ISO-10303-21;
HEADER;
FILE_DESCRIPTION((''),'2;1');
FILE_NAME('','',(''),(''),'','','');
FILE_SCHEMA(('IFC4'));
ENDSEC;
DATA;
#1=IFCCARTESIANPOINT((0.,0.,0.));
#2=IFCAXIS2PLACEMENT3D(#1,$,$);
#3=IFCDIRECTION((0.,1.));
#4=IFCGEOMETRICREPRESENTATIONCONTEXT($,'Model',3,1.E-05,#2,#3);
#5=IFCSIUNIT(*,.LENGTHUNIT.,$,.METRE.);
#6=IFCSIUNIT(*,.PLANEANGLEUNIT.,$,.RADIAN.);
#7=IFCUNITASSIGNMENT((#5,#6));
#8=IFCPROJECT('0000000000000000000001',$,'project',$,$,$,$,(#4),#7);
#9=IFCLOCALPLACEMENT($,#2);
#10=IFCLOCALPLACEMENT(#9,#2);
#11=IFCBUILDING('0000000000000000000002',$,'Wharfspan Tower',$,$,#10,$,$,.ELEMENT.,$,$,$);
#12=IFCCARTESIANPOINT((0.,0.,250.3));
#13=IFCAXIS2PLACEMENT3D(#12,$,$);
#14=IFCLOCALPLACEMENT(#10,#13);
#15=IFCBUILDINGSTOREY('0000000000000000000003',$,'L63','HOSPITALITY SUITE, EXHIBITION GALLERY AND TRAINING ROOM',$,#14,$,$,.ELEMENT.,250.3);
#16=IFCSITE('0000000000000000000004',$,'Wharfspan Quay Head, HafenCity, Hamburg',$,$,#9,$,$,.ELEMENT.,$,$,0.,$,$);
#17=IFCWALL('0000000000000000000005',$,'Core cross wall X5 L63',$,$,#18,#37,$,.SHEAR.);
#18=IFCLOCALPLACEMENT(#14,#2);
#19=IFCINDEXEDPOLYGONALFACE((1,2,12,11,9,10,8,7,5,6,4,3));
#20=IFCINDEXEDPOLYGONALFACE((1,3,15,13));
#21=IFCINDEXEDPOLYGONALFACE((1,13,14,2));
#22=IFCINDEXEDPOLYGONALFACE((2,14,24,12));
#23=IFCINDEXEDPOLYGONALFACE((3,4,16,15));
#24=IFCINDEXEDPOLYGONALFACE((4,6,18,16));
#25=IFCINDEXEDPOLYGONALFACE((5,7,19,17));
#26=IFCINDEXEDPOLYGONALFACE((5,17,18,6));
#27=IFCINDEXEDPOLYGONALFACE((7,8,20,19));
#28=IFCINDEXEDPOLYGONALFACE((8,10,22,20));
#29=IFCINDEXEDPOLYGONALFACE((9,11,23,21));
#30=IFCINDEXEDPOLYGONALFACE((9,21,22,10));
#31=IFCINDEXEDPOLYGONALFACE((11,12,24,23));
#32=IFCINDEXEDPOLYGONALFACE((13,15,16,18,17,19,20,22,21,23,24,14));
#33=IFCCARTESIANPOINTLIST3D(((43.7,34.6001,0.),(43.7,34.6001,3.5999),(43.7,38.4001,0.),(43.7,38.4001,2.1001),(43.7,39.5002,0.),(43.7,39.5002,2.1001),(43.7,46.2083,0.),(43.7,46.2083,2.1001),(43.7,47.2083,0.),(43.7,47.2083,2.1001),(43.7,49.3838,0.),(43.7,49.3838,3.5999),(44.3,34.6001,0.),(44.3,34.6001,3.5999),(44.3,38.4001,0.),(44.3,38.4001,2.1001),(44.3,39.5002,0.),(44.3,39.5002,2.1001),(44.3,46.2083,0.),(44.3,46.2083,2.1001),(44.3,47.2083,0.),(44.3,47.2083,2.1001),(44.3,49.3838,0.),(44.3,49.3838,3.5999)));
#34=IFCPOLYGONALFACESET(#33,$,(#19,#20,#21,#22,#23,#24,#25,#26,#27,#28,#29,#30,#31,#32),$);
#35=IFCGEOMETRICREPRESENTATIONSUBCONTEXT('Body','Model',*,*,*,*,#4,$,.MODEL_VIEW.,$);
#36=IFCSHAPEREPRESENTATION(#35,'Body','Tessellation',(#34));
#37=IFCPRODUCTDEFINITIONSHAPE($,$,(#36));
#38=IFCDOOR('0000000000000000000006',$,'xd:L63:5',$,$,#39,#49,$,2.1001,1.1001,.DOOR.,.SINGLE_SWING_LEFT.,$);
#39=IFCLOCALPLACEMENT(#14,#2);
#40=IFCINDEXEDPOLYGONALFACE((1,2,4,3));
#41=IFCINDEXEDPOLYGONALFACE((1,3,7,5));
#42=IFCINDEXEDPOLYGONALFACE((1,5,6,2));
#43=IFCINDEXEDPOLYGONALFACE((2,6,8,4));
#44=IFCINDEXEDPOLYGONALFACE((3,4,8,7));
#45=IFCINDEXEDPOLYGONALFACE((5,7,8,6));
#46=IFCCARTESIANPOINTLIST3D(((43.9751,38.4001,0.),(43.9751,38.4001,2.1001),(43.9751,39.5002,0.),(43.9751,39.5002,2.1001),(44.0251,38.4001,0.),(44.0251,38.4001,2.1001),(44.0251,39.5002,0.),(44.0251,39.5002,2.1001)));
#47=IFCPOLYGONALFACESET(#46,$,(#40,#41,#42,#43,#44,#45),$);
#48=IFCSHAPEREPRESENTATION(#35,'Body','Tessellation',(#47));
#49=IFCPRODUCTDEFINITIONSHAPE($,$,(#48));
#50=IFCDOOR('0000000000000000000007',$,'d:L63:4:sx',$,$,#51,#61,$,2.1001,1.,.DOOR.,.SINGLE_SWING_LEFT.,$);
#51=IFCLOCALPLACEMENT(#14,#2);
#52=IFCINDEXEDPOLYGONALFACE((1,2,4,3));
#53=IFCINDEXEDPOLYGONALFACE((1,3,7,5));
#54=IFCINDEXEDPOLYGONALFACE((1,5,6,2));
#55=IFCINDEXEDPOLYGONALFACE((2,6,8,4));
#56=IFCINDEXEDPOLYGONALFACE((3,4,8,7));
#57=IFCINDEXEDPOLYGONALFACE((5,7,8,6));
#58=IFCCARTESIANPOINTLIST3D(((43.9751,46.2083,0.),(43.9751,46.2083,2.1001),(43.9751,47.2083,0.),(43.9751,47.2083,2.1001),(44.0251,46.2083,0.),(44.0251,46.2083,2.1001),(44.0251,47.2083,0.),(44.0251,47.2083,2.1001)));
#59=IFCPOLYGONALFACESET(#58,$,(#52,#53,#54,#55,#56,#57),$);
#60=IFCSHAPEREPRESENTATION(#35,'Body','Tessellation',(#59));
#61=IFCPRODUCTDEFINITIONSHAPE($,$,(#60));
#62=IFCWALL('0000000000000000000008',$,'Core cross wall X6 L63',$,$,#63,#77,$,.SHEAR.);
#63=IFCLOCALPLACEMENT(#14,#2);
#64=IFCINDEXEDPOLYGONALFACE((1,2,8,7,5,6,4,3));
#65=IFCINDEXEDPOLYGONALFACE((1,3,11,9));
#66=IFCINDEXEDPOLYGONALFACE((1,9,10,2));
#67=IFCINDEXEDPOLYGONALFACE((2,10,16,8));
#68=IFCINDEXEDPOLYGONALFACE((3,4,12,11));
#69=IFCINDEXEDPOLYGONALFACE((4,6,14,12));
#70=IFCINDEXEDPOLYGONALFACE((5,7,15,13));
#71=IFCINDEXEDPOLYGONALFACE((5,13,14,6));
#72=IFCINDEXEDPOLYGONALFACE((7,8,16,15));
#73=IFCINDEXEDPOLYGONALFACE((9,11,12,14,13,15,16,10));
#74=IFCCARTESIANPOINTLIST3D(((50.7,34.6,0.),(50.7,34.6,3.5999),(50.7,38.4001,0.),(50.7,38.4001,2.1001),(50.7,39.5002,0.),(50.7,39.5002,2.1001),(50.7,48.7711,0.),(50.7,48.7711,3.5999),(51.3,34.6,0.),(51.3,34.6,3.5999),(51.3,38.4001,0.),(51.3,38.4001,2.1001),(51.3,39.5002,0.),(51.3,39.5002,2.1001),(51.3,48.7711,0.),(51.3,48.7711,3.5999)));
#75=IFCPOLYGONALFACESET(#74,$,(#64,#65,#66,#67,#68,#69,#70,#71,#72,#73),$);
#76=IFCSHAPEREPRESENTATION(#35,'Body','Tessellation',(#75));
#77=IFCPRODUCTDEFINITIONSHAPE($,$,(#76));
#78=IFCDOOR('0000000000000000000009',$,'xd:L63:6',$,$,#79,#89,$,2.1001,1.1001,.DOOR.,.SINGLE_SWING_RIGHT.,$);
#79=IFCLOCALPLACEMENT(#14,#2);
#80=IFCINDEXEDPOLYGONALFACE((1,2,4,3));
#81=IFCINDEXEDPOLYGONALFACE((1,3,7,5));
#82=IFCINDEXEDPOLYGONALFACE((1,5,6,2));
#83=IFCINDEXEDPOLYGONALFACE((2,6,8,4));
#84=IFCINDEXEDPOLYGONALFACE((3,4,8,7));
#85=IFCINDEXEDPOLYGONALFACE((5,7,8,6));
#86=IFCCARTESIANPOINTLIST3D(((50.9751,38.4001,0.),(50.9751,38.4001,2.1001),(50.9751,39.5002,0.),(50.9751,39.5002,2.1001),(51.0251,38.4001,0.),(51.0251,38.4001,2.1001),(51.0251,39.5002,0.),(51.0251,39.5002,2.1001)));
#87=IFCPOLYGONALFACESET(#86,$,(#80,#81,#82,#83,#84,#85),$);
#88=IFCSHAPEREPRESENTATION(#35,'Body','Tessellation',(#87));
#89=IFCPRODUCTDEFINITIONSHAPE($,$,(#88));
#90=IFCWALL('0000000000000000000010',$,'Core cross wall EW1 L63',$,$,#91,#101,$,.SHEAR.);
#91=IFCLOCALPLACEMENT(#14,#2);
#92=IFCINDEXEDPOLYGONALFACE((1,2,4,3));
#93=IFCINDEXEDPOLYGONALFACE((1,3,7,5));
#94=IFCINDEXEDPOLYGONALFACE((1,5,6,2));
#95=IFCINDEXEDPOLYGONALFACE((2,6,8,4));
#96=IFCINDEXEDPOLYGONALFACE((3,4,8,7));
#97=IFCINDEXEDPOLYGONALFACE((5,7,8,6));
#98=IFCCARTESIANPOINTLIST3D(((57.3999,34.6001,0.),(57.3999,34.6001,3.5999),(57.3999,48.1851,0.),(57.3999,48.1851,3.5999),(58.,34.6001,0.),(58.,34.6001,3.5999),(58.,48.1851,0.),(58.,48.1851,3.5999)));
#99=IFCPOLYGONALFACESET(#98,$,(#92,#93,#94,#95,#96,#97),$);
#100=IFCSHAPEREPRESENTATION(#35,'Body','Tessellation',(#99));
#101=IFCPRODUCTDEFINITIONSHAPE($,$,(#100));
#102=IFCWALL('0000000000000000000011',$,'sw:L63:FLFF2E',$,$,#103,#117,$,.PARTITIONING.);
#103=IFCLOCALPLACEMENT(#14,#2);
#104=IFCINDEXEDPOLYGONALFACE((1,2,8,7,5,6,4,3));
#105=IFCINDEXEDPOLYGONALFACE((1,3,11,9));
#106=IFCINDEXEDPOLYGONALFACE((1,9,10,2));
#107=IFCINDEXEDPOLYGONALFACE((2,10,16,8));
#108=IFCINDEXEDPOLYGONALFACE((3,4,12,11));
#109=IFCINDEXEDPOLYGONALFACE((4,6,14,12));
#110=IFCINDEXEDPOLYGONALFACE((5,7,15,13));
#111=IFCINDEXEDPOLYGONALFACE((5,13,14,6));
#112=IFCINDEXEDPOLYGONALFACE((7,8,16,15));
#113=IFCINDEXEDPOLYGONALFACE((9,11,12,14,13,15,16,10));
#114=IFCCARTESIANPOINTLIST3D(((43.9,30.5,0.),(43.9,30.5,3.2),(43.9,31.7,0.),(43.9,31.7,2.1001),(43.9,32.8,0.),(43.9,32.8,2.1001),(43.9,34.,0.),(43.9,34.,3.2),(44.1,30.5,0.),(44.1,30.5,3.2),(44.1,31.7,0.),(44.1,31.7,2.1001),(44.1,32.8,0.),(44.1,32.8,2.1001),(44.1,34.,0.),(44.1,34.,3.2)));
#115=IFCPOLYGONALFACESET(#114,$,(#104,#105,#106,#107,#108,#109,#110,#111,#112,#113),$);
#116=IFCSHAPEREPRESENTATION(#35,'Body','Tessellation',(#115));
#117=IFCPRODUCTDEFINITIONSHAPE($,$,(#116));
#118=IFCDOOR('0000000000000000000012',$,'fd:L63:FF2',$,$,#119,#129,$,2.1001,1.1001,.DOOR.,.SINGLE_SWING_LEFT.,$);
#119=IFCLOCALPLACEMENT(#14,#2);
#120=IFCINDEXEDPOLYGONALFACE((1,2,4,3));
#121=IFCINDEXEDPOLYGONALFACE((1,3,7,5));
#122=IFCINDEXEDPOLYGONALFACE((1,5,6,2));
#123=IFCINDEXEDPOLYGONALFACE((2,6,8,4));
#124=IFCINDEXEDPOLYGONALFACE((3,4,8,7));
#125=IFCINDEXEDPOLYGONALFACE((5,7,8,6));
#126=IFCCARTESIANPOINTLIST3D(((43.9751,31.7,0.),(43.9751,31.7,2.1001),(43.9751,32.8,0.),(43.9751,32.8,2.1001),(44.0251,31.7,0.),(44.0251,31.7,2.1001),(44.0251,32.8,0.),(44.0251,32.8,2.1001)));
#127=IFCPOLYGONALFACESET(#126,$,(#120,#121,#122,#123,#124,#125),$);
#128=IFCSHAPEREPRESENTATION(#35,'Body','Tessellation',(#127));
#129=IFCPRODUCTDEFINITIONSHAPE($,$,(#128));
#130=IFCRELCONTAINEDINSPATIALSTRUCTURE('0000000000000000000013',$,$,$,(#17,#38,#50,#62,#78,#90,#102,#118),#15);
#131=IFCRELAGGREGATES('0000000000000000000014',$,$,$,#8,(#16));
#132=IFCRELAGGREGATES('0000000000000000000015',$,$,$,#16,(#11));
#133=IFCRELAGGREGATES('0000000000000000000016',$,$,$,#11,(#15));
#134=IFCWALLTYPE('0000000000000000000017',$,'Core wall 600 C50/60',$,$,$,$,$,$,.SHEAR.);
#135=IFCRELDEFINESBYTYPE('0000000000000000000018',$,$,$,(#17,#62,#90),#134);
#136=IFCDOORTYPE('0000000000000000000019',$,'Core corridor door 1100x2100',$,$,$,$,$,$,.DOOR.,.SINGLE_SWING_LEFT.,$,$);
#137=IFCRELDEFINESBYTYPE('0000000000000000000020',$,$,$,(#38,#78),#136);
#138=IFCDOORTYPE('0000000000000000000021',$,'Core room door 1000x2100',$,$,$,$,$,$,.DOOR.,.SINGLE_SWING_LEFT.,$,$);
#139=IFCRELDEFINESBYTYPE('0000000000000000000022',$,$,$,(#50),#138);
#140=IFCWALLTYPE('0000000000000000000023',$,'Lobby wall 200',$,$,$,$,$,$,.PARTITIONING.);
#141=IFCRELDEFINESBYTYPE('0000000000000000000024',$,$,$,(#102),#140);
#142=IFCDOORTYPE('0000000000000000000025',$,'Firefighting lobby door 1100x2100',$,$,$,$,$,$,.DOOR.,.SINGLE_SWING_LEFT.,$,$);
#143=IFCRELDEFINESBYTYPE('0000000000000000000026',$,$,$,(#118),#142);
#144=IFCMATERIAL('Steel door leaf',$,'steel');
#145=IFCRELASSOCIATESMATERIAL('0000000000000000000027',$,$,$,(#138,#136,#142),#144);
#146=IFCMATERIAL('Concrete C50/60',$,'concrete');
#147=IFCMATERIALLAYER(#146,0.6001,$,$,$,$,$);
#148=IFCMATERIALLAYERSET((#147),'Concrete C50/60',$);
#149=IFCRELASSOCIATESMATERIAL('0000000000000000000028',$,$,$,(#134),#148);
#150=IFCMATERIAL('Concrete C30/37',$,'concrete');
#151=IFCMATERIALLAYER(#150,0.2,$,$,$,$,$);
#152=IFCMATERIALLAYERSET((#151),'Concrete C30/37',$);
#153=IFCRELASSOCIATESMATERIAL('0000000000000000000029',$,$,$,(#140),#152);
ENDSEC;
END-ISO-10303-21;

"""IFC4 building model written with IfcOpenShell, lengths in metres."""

from ifc_helpers import new_model, si_unit, direction, frame, frame_2d, origin, place, context, subcontext, project, spatial, rectangle, extrude, material, layer, layer_set, type_object, element, fill, save


model = new_model("IFC4")

# Units and contexts
model_context = context("Model", 3, precision=1e-05, world=origin(), true_north=direction((0.0, 1.0)))
body_context = subcontext(model_context, "Body", "Model", "MODEL_VIEW")
ifc_project = project(units=[si_unit("LENGTHUNIT", "METRE"), si_unit("PLANEANGLEUNIT", "RADIAN")], contexts=[model_context])

# Site, building, storey
site_placement = place(None, origin())
site = spatial("IfcSite", under=ifc_project, at=site_placement, Name="Wharfspan Quay Head, HafenCity, Hamburg", CompositionType="ELEMENT", RefElevation=0.0)
building_placement = place(site_placement, origin())
building = spatial("IfcBuilding", under=site, at=building_placement, Name="Wharfspan Tower", CompositionType="ELEMENT")
storey_placement = place(building_placement, frame((0.0, 0.0, 250.3)))
storey = spatial("IfcBuildingStorey", under=building, at=storey_placement, Name="L63", Description="HOSPITALITY SUITE, EXHIBITION GALLERY AND TRAINING ROOM", CompositionType="ELEMENT", Elevation=250.3)

# Shared definitions
ifc_material_1 = material(Name="Steel door leaf", Category="steel")
door_type_1 = type_object("IfcDoorType", Name="Core room door 1000x2100", OperationType="SINGLE_SWING_LEFT", PredefinedType="DOOR", material=ifc_material_1)

# Wall, openings, doors
ifc_material_2 = material(Name="Concrete C50/60", Category="concrete")
ifc_layer_1 = layer(ifc_material_2, 0.6001)
ifc_layer_set_1 = layer_set([ifc_layer_1], Name="Concrete C50/60")
wall_type_1 = type_object("IfcWallType", Name="Core wall 600 C50/60", PredefinedType="SHEAR", material=ifc_layer_set_1)
wall_1_placement = place(storey_placement, frame((44.0, 34.6001, 0.0), z_axis=(0.0, 0.0, 1.0), x_axis=(0.0, 1.0, 0.0)))
wall_1 = element("IfcWall", 1, at=wall_1_placement, inside=storey, type_object=wall_type_1, Name="Core cross wall X5 L63", PredefinedType="SHEAR", context=body_context, shape_type="SweptSolid", body=[
    extrude(rectangle(XDim=14.7837, YDim=0.6001, at=frame_2d((7.3918, 0.0))), origin(), (0.0, 0.0, 1.0), 3.5999),
])
opening_1_placement = place(wall_1_placement, frame((11.6082, 0.0, 0.0)))
opening_1 = element("IfcOpeningElement", 2, at=opening_1_placement, cuts=wall_1, PredefinedType="OPENING", context=body_context, shape_type="SweptSolid", body=[
    extrude(rectangle(XDim=1.0, YDim=2.1001, at=frame_2d((0.5, 1.05))), frame((0.0, 0.3101, 0.0), z_axis=(0.0, -1.0, 0.0), x_axis=(1.0, 0.0, 0.0)), (0.0, 0.0, 1.0), 0.6201),
])
opening_2_placement = place(wall_1_placement, frame((3.8, 0.0, 0.0)))
opening_2 = element("IfcOpeningElement", 3, at=opening_2_placement, cuts=wall_1, PredefinedType="OPENING", context=body_context, shape_type="SweptSolid", body=[
    extrude(rectangle(XDim=1.1001, YDim=2.1001, at=frame_2d((0.55, 1.05))), frame((0.0, 0.3101, 0.0), z_axis=(0.0, -1.0, 0.0), x_axis=(1.0, 0.0, 0.0)), (0.0, 0.0, 1.0), 0.6201),
])
door_type_2 = type_object("IfcDoorType", Name="Core corridor door 1100x2100", OperationType="SINGLE_SWING_LEFT", PredefinedType="DOOR", material=ifc_material_1)
door_1_placement = place(opening_2_placement, origin())
door_1 = element("IfcDoor", 4, at=door_1_placement, inside=storey, type_object=door_type_2, Name="xd:L63:5", OperationType="SINGLE_SWING_LEFT", OverallHeight=2.1001, OverallWidth=1.1001, PredefinedType="DOOR", context=body_context, shape_type="SweptSolid", body=[
    extrude(rectangle(XDim=1.1001, YDim=2.1001, at=frame_2d((0.55, 1.05))), frame((0.0, 0.0249, 0.0), z_axis=(0.0, -1.0, 0.0), x_axis=(1.0, 0.0, 0.0)), (0.0, 0.0, 1.0), 0.05),
])
fill(opening_2, door_1)
door_2_placement = place(opening_1_placement, origin())
door_2 = element("IfcDoor", 5, at=door_2_placement, inside=storey, type_object=door_type_1, Name="d:L63:4:sx", OperationType="SINGLE_SWING_LEFT", OverallHeight=2.1001, OverallWidth=1.0, PredefinedType="DOOR", context=body_context, shape_type="SweptSolid", body=[
    extrude(rectangle(XDim=1.0, YDim=2.1001, at=frame_2d((0.5, 1.05))), frame((0.0, 0.0249, 0.0), z_axis=(0.0, -1.0, 0.0), x_axis=(1.0, 0.0, 0.0)), (0.0, 0.0, 1.0), 0.05),
])
fill(opening_1, door_2)

# Wall, opening, door
wall_2_placement = place(storey_placement, frame((51.0, 34.6001, 0.0), z_axis=(0.0, 0.0, 1.0), x_axis=(0.0, 1.0, 0.0)))
wall_2 = element("IfcWall", 6, at=wall_2_placement, inside=storey, type_object=wall_type_1, Name="Core cross wall X6 L63", PredefinedType="SHEAR", context=body_context, shape_type="SweptSolid", body=[
    extrude(rectangle(XDim=14.1711, YDim=0.6001, at=frame_2d((7.0854, 0.0))), origin(), (0.0, 0.0, 1.0), 3.5999),
])
opening_3_placement = place(wall_2_placement, frame((3.8, 0.0, 0.0)))
opening_3 = element("IfcOpeningElement", 7, at=opening_3_placement, cuts=wall_2, PredefinedType="OPENING", context=body_context, shape_type="SweptSolid", body=[
    extrude(rectangle(XDim=1.1001, YDim=2.1001, at=frame_2d((0.55, 1.05))), frame((0.0, 0.3101, 0.0), z_axis=(0.0, -1.0, 0.0), x_axis=(1.0, 0.0, 0.0)), (0.0, 0.0, 1.0), 0.6201),
])
door_3_placement = place(opening_3_placement, origin())
door_3 = element("IfcDoor", 8, at=door_3_placement, inside=storey, type_object=door_type_2, Name="xd:L63:6", OperationType="SINGLE_SWING_RIGHT", OverallHeight=2.1001, OverallWidth=1.1001, PredefinedType="DOOR", context=body_context, shape_type="SweptSolid", body=[
    extrude(rectangle(XDim=1.1001, YDim=2.1001, at=frame_2d((0.55, 1.05))), frame((0.0, 0.0249, 0.0), z_axis=(0.0, -1.0, 0.0), x_axis=(1.0, 0.0, 0.0)), (0.0, 0.0, 1.0), 0.05),
])
fill(opening_3, door_3)

# Wall
wall_3_placement = place(storey_placement, frame((57.7, 34.6001, 0.0), z_axis=(0.0, 0.0, 1.0), x_axis=(0.0, 1.0, 0.0)))
element("IfcWall", 9, at=wall_3_placement, inside=storey, type_object=wall_type_1, Name="Core cross wall EW1 L63", PredefinedType="SHEAR", context=body_context, shape_type="SweptSolid", body=[
    extrude(rectangle(XDim=13.585, YDim=0.6001, at=frame_2d((6.7925, 0.0))), origin(), (0.0, 0.0, 1.0), 3.5999),
])

# Wall, opening, door
ifc_material_3 = material(Name="Concrete C30/37", Category="concrete")
ifc_layer_2 = layer(ifc_material_3, 0.2)
ifc_layer_set_2 = layer_set([ifc_layer_2], Name="Concrete C30/37")
wall_type_2 = type_object("IfcWallType", Name="Lobby wall 200", PredefinedType="PARTITIONING", material=ifc_layer_set_2)
wall_4_placement = place(storey_placement, frame((44.0, 30.5, 0.0), z_axis=(0.0, 0.0, 1.0), x_axis=(0.0, 1.0, 0.0)))
wall_4 = element("IfcWall", 10, at=wall_4_placement, inside=storey, type_object=wall_type_2, Name="sw:L63:FLFF2E", PredefinedType="PARTITIONING", context=body_context, shape_type="SweptSolid", body=[
    extrude(rectangle(XDim=3.5, YDim=0.2, at=frame_2d((1.75, 0.0))), origin(), (0.0, 0.0, 1.0), 3.2),
])
opening_4_placement = place(wall_4_placement, frame((1.2, 0.0, 0.0)))
opening_4 = element("IfcOpeningElement", 11, at=opening_4_placement, cuts=wall_4, PredefinedType="OPENING", context=body_context, shape_type="SweptSolid", body=[
    extrude(rectangle(XDim=1.1001, YDim=2.1001, at=frame_2d((0.55, 1.05))), frame((0.0, 0.1099, 0.0), z_axis=(0.0, -1.0, 0.0), x_axis=(1.0, 0.0, 0.0)), (0.0, 0.0, 1.0), 0.22),
])
door_type_3 = type_object("IfcDoorType", Name="Firefighting lobby door 1100x2100", OperationType="SINGLE_SWING_LEFT", PredefinedType="DOOR", material=ifc_material_1)
door_4_placement = place(opening_4_placement, origin())
door_4 = element("IfcDoor", 12, at=door_4_placement, inside=storey, type_object=door_type_3, Name="fd:L63:FF2", OperationType="SINGLE_SWING_LEFT", OverallHeight=2.1001, OverallWidth=1.1001, PredefinedType="DOOR", context=body_context, shape_type="SweptSolid", body=[
    extrude(rectangle(XDim=1.1001, YDim=2.1001, at=frame_2d((0.55, 1.05))), frame((0.0, 0.0249, 0.0), z_axis=(0.0, -1.0, 0.0), x_axis=(1.0, 0.0, 0.0)), (0.0, 0.0, 1.0), 0.05),
])
fill(opening_4, door_4)

save(model, "model.ifc")
